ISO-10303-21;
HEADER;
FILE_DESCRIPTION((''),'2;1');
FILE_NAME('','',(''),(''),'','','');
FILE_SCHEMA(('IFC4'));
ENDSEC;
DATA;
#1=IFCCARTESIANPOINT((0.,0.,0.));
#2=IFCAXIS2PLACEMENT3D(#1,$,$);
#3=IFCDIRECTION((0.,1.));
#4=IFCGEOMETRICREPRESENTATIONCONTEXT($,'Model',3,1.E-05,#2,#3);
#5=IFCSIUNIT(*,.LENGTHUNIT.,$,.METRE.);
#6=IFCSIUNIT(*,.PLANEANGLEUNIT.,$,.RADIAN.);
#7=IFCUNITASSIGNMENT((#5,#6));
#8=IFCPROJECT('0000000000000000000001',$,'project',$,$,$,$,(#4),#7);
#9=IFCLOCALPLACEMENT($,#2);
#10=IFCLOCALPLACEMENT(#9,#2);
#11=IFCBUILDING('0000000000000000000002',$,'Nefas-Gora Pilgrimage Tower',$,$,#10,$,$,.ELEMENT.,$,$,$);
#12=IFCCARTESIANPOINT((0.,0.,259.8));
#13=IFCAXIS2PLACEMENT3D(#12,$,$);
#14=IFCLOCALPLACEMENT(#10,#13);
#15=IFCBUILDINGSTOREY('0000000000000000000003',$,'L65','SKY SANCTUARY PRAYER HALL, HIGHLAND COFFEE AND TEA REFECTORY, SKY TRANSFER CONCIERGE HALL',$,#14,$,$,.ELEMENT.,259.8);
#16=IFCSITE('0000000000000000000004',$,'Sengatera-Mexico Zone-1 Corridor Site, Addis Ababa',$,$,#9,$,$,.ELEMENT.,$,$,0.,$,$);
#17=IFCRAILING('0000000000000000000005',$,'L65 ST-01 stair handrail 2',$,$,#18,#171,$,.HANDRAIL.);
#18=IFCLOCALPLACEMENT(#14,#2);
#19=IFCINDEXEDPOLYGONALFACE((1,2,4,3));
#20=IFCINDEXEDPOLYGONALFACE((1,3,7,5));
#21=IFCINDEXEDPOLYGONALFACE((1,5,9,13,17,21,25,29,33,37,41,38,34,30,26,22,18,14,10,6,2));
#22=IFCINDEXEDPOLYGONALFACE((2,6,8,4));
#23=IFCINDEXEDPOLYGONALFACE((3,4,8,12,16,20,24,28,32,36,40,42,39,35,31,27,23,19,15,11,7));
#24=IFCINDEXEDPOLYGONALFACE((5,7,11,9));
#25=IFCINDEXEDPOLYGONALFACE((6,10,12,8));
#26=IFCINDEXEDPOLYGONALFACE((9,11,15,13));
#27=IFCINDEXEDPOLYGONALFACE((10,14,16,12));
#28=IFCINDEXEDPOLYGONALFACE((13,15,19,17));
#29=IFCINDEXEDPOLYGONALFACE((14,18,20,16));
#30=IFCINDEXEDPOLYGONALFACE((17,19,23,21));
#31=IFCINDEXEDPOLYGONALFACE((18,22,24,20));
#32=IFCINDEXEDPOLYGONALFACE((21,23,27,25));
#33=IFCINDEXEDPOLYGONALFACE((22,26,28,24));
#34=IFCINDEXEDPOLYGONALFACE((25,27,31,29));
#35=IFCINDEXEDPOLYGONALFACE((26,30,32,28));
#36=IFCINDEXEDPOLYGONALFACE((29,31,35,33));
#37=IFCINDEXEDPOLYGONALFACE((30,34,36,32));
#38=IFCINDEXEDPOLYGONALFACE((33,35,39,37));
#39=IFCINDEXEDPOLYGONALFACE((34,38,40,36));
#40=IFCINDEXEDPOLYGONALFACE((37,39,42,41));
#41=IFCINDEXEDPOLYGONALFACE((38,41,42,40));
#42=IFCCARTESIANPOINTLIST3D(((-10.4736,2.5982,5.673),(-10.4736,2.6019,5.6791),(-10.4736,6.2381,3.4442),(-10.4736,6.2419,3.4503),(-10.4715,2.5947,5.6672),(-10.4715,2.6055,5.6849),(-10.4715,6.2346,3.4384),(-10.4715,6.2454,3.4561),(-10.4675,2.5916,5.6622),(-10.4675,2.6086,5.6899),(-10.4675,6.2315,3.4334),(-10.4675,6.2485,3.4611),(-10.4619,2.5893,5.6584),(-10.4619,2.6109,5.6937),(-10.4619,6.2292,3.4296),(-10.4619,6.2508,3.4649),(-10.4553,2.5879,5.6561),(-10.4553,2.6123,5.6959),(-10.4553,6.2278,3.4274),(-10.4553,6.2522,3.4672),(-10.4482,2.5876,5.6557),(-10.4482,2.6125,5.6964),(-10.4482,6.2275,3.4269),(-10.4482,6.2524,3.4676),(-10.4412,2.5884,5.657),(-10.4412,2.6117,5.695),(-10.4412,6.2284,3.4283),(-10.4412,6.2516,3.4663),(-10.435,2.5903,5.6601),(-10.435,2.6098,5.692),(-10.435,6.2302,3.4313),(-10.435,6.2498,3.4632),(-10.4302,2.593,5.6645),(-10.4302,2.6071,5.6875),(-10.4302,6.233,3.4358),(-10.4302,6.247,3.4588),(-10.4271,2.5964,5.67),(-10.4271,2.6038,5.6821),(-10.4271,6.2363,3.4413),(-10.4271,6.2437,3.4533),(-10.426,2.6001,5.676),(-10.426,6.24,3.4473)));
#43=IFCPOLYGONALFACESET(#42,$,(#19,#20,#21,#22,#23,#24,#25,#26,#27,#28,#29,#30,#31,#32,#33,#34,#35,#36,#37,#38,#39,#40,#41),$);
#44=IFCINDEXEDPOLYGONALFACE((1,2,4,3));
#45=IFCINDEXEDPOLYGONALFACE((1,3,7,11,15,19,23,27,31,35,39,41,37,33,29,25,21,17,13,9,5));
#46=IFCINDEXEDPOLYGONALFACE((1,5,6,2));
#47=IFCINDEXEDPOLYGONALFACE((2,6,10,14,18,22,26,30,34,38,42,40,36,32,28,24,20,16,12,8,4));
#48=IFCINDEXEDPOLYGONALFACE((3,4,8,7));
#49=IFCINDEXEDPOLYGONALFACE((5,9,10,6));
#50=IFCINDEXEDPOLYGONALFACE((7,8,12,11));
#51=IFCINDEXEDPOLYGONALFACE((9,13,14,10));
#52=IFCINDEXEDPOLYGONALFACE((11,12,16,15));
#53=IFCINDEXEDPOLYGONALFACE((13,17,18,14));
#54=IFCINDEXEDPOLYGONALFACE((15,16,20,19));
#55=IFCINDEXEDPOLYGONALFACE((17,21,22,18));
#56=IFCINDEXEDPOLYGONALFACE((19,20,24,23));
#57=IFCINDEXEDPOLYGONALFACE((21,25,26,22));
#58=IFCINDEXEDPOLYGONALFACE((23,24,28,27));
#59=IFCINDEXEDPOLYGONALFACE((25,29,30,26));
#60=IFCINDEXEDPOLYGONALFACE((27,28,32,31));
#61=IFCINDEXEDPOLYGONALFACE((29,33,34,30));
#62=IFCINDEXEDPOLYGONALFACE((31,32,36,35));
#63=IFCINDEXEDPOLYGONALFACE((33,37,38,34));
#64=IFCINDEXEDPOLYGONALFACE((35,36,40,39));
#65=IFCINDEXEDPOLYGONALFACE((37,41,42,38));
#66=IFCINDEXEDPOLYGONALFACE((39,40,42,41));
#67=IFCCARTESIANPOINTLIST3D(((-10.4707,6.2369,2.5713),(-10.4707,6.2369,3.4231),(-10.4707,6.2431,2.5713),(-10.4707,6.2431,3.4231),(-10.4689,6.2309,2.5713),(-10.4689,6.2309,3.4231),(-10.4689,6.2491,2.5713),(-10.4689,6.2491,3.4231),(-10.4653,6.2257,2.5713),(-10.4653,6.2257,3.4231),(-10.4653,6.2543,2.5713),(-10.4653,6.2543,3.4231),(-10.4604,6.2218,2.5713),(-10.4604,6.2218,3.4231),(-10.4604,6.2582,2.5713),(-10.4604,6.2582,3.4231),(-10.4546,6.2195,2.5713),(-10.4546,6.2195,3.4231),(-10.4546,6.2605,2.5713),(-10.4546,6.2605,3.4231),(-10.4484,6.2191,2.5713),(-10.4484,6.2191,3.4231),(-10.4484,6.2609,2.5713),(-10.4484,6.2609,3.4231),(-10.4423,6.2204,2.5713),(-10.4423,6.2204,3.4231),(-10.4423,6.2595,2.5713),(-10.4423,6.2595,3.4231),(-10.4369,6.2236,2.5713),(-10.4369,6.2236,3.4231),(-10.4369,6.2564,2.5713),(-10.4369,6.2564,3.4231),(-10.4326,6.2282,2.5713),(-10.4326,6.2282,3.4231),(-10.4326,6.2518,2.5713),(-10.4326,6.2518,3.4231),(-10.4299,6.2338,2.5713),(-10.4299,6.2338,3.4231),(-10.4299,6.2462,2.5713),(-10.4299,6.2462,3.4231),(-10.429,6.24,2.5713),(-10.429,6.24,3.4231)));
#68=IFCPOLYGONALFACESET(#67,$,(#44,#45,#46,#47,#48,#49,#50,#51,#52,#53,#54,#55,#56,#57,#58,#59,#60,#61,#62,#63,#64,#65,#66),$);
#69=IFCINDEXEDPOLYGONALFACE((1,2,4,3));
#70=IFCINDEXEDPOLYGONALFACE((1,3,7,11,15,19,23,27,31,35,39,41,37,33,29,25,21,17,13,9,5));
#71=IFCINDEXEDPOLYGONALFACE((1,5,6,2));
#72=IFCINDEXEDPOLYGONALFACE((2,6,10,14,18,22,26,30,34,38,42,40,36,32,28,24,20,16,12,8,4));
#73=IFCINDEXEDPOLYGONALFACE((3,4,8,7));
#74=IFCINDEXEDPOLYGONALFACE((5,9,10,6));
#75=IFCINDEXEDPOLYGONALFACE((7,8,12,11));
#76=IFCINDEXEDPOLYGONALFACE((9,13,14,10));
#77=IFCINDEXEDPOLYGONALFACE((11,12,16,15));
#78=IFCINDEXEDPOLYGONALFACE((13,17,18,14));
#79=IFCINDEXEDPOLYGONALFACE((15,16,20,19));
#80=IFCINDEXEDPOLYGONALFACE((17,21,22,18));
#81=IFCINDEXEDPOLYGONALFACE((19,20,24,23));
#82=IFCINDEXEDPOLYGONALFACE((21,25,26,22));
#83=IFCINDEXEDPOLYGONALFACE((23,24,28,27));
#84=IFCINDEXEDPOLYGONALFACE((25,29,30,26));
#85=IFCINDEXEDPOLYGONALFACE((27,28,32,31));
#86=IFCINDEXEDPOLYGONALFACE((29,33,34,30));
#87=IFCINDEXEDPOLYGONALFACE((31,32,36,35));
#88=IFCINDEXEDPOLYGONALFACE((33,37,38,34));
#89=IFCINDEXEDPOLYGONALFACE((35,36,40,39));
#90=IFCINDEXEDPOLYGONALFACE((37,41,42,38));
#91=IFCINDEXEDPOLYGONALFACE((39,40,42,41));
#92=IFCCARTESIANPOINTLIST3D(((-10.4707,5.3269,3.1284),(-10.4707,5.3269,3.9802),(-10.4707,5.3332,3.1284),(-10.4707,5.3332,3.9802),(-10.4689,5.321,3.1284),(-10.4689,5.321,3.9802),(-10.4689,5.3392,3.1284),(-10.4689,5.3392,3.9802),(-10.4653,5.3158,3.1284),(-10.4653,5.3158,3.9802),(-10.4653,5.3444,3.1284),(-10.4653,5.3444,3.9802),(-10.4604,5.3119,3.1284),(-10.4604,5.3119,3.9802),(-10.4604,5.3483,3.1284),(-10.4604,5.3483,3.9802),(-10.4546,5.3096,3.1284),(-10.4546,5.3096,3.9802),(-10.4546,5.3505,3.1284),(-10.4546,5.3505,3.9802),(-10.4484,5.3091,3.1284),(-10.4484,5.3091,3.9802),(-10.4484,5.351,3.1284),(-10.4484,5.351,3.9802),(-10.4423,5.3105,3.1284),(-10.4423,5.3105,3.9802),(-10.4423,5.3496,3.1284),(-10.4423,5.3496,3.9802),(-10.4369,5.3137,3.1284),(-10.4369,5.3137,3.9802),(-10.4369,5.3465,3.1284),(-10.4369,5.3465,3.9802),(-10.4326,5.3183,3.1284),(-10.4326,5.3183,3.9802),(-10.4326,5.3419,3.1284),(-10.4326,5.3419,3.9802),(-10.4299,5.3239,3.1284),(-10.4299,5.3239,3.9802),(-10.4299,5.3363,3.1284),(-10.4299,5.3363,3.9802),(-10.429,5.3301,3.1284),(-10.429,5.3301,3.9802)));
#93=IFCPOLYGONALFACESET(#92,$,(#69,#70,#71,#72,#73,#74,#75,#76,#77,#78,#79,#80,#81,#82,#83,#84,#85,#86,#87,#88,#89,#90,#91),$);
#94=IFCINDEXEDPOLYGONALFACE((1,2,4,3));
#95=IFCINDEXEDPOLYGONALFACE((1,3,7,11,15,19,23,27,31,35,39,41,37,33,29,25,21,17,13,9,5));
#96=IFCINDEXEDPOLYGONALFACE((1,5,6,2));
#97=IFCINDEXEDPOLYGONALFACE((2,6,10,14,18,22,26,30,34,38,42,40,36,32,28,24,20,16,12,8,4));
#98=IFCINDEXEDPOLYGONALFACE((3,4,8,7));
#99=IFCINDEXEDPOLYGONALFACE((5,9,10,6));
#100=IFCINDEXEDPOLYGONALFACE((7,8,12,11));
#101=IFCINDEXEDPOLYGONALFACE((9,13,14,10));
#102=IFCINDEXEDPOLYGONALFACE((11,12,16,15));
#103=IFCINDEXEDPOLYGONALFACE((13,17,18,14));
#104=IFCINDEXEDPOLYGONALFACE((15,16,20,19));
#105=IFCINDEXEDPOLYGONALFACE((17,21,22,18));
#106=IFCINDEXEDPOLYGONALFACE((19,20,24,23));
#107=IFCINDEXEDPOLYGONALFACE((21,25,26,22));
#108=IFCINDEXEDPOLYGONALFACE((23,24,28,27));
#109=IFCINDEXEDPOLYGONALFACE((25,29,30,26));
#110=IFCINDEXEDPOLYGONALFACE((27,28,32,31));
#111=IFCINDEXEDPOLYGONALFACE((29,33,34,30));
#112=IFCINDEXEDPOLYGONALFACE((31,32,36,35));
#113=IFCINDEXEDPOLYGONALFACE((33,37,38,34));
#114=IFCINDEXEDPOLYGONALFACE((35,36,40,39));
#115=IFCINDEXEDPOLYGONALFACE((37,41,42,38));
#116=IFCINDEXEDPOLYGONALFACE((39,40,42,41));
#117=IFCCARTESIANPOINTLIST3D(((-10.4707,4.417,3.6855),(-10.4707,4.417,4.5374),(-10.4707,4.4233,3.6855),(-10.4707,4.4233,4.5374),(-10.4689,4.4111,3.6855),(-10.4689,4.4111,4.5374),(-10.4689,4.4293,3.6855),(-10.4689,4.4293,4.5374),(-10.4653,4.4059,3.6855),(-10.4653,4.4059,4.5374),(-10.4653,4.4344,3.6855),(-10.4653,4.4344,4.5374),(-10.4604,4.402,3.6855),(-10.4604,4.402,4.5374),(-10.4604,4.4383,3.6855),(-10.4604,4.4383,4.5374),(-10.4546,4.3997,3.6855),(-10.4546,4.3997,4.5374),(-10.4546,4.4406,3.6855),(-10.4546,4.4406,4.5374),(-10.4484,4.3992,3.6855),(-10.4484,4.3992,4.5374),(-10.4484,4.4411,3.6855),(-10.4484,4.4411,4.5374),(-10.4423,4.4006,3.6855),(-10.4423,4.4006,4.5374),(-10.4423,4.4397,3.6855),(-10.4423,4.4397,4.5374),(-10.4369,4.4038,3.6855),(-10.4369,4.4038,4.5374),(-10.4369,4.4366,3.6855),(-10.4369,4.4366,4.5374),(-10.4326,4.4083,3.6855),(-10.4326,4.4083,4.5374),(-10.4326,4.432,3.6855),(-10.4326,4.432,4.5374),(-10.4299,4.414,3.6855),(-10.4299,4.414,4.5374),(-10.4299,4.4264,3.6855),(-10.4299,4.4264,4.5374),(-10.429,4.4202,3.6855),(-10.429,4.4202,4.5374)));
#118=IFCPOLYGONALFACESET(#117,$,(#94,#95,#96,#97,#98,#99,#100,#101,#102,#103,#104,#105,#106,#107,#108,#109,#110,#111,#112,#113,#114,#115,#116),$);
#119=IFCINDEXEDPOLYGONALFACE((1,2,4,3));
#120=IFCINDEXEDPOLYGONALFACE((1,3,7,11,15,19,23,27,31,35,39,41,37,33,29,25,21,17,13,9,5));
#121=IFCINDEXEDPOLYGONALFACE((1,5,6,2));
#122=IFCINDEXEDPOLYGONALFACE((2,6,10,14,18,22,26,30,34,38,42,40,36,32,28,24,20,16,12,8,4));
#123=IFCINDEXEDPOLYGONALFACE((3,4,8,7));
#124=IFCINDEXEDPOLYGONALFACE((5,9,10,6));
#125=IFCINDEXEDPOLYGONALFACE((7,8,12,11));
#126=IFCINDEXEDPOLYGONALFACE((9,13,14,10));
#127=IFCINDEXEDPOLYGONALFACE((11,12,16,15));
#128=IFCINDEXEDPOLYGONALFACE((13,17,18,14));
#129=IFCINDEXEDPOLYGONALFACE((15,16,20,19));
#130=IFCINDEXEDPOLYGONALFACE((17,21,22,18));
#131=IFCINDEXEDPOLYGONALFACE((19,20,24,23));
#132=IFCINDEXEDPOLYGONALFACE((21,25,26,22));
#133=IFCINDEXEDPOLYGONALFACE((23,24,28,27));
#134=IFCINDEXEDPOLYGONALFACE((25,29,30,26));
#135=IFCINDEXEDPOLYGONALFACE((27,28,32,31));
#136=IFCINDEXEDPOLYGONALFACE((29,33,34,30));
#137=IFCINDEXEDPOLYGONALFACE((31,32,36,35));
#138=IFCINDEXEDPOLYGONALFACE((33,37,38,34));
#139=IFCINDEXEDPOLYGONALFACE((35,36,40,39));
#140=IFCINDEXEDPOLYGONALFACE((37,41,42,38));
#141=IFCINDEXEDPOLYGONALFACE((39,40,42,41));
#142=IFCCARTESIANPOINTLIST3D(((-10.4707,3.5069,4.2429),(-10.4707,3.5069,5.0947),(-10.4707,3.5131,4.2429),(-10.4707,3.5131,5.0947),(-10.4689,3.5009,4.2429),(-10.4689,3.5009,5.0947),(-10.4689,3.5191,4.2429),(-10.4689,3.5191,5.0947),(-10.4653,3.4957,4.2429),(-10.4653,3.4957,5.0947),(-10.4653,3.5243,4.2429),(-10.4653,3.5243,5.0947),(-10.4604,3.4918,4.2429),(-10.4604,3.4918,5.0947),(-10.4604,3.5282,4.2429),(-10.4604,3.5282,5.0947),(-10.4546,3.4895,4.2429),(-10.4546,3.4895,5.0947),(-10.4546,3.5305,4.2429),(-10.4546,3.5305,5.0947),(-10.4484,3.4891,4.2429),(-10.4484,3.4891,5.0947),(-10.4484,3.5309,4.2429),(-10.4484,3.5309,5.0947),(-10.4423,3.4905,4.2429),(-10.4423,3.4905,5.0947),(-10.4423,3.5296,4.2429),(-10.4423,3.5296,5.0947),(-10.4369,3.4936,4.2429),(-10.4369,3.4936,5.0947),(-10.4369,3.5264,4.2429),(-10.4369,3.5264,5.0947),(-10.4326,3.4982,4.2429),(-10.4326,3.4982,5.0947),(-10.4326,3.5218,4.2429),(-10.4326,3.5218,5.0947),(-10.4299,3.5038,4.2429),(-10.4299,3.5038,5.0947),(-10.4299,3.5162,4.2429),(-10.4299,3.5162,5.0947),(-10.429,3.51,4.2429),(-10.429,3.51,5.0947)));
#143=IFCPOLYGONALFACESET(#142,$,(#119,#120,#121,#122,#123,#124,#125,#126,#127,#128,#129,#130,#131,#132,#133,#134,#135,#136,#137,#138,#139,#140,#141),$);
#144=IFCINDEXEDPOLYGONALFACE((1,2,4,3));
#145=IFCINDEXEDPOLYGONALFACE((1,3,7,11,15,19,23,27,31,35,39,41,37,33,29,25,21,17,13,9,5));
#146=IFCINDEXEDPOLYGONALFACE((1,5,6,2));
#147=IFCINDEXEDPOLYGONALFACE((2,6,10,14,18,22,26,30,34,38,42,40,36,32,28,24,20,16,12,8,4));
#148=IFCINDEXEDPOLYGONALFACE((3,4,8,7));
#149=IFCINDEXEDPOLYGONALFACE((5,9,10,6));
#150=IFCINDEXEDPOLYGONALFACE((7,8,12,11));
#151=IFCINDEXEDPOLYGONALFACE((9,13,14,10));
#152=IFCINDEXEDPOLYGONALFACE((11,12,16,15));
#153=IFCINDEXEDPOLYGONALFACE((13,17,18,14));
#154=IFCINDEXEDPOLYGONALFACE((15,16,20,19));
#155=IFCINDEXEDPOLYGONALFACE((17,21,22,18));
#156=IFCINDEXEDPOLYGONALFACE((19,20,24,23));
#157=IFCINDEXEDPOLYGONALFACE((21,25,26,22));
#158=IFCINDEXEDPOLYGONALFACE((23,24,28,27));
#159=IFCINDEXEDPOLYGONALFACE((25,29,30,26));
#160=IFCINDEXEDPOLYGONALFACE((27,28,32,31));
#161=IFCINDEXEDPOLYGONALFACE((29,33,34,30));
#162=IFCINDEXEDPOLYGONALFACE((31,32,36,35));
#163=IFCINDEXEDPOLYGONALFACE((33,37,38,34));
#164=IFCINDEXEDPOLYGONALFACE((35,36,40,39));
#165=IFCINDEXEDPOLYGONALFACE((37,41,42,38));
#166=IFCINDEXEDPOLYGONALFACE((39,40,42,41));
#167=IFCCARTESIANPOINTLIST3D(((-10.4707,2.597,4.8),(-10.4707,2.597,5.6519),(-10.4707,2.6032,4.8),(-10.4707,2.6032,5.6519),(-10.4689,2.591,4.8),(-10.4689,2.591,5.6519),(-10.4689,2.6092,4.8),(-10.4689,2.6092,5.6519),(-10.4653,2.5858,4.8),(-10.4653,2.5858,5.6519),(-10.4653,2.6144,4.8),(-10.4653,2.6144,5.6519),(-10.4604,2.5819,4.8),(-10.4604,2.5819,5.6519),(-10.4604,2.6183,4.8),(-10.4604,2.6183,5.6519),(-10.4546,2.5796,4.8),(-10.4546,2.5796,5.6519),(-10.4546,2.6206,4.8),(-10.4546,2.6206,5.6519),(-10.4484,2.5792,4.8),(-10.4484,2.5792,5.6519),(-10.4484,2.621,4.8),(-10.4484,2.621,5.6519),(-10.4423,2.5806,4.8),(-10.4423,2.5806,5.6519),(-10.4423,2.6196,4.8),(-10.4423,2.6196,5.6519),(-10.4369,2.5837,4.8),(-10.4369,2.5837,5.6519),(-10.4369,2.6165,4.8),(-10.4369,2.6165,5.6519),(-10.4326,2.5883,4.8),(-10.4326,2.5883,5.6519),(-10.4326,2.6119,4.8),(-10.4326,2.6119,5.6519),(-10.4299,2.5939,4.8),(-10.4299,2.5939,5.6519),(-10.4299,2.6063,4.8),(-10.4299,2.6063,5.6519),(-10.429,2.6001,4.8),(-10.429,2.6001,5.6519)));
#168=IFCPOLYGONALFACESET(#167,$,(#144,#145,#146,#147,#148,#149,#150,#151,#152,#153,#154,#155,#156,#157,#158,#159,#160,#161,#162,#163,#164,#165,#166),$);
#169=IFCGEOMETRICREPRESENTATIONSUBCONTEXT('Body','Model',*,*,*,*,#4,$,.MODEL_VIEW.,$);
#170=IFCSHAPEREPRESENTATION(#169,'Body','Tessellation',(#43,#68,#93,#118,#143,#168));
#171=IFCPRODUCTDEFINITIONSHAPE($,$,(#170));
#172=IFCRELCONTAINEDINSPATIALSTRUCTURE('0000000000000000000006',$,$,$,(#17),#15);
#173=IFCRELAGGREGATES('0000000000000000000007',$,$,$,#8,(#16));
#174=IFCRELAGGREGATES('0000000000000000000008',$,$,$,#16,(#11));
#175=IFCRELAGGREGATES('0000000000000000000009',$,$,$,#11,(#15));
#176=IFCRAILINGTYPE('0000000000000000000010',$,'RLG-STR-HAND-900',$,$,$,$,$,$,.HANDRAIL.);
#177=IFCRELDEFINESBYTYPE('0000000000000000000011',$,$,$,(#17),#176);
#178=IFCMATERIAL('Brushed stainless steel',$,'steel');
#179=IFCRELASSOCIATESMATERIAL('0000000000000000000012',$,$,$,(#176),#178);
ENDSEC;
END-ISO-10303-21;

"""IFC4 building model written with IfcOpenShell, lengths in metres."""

from ifc_helpers import new_model, si_unit, direction, frame, origin, origin_2d, place, context, subcontext, project, spatial, circle, extrude, material, type_object, element, save


model = new_model("IFC4")

# Units and contexts
model_context = context("Model", 3, precision=1e-05, world=origin(), true_north=direction((0.0, 1.0)))
body_context = subcontext(model_context, "Body", "Model", "MODEL_VIEW")
ifc_project = project(units=[si_unit("LENGTHUNIT", "METRE"), si_unit("PLANEANGLEUNIT", "RADIAN")], contexts=[model_context])

# Site, building, storey
site_placement = place(None, origin())
site = spatial("IfcSite", under=ifc_project, at=site_placement, Name="Sengatera-Mexico Zone-1 Corridor Site, Addis Ababa", CompositionType="ELEMENT", RefElevation=0.0)
building_placement = place(site_placement, origin())
building = spatial("IfcBuilding", under=site, at=building_placement, Name="Nefas-Gora Pilgrimage Tower", CompositionType="ELEMENT")
storey_placement = place(building_placement, frame((0.0, 0.0, 259.8)))
storey = spatial("IfcBuildingStorey", under=building, at=storey_placement, Name="L65", Description="SKY SANCTUARY PRAYER HALL, HIGHLAND COFFEE AND TEA REFECTORY, SKY TRANSFER CONCIERGE HALL", CompositionType="ELEMENT", Elevation=259.8)

# Railing
ifc_material_1 = material(Name="Brushed stainless steel", Category="steel")
railing_type = type_object("IfcRailingType", Name="RLG-STR-HAND-900", PredefinedType="HANDRAIL", material=ifc_material_1)
railing_placement = place(storey_placement, frame((-10.45, 6.24, 2.5713)))
element("IfcRailing", 1, at=railing_placement, inside=storey, type_object=railing_type, Name="L65 ST-01 stair handrail 2", PredefinedType="HANDRAIL", context=body_context, shape_type="SweptSolid", body=[
    extrude(circle(Radius=0.0239, at=origin_2d()), frame((0.0, 0.0, 0.876), z_axis=(0.0, -0.852825, 0.522197), x_axis=(1.0, 0.0, 0.0)), (0.0, 0.0, 1.0), 4.2681),
    extrude(circle(Radius=0.021, at=origin_2d()), origin(), (0.0, 0.0, 1.0), 0.8518),
    extrude(circle(Radius=0.021, at=origin_2d()), frame((0.0, -0.9099, 0.5571)), (0.0, 0.0, 1.0), 0.8518),
    extrude(circle(Radius=0.021, at=origin_2d()), frame((0.0, -1.8198, 1.1143)), (0.0, 0.0, 1.0), 0.8518),
    extrude(circle(Radius=0.021, at=origin_2d()), frame((0.0, -2.73, 1.6716)), (0.0, 0.0, 1.0), 0.8518),
    extrude(circle(Radius=0.021, at=origin_2d()), frame((0.0, -3.6399, 2.2288)), (0.0, 0.0, 1.0), 0.8518),
])

save(model, "model.ifc")
